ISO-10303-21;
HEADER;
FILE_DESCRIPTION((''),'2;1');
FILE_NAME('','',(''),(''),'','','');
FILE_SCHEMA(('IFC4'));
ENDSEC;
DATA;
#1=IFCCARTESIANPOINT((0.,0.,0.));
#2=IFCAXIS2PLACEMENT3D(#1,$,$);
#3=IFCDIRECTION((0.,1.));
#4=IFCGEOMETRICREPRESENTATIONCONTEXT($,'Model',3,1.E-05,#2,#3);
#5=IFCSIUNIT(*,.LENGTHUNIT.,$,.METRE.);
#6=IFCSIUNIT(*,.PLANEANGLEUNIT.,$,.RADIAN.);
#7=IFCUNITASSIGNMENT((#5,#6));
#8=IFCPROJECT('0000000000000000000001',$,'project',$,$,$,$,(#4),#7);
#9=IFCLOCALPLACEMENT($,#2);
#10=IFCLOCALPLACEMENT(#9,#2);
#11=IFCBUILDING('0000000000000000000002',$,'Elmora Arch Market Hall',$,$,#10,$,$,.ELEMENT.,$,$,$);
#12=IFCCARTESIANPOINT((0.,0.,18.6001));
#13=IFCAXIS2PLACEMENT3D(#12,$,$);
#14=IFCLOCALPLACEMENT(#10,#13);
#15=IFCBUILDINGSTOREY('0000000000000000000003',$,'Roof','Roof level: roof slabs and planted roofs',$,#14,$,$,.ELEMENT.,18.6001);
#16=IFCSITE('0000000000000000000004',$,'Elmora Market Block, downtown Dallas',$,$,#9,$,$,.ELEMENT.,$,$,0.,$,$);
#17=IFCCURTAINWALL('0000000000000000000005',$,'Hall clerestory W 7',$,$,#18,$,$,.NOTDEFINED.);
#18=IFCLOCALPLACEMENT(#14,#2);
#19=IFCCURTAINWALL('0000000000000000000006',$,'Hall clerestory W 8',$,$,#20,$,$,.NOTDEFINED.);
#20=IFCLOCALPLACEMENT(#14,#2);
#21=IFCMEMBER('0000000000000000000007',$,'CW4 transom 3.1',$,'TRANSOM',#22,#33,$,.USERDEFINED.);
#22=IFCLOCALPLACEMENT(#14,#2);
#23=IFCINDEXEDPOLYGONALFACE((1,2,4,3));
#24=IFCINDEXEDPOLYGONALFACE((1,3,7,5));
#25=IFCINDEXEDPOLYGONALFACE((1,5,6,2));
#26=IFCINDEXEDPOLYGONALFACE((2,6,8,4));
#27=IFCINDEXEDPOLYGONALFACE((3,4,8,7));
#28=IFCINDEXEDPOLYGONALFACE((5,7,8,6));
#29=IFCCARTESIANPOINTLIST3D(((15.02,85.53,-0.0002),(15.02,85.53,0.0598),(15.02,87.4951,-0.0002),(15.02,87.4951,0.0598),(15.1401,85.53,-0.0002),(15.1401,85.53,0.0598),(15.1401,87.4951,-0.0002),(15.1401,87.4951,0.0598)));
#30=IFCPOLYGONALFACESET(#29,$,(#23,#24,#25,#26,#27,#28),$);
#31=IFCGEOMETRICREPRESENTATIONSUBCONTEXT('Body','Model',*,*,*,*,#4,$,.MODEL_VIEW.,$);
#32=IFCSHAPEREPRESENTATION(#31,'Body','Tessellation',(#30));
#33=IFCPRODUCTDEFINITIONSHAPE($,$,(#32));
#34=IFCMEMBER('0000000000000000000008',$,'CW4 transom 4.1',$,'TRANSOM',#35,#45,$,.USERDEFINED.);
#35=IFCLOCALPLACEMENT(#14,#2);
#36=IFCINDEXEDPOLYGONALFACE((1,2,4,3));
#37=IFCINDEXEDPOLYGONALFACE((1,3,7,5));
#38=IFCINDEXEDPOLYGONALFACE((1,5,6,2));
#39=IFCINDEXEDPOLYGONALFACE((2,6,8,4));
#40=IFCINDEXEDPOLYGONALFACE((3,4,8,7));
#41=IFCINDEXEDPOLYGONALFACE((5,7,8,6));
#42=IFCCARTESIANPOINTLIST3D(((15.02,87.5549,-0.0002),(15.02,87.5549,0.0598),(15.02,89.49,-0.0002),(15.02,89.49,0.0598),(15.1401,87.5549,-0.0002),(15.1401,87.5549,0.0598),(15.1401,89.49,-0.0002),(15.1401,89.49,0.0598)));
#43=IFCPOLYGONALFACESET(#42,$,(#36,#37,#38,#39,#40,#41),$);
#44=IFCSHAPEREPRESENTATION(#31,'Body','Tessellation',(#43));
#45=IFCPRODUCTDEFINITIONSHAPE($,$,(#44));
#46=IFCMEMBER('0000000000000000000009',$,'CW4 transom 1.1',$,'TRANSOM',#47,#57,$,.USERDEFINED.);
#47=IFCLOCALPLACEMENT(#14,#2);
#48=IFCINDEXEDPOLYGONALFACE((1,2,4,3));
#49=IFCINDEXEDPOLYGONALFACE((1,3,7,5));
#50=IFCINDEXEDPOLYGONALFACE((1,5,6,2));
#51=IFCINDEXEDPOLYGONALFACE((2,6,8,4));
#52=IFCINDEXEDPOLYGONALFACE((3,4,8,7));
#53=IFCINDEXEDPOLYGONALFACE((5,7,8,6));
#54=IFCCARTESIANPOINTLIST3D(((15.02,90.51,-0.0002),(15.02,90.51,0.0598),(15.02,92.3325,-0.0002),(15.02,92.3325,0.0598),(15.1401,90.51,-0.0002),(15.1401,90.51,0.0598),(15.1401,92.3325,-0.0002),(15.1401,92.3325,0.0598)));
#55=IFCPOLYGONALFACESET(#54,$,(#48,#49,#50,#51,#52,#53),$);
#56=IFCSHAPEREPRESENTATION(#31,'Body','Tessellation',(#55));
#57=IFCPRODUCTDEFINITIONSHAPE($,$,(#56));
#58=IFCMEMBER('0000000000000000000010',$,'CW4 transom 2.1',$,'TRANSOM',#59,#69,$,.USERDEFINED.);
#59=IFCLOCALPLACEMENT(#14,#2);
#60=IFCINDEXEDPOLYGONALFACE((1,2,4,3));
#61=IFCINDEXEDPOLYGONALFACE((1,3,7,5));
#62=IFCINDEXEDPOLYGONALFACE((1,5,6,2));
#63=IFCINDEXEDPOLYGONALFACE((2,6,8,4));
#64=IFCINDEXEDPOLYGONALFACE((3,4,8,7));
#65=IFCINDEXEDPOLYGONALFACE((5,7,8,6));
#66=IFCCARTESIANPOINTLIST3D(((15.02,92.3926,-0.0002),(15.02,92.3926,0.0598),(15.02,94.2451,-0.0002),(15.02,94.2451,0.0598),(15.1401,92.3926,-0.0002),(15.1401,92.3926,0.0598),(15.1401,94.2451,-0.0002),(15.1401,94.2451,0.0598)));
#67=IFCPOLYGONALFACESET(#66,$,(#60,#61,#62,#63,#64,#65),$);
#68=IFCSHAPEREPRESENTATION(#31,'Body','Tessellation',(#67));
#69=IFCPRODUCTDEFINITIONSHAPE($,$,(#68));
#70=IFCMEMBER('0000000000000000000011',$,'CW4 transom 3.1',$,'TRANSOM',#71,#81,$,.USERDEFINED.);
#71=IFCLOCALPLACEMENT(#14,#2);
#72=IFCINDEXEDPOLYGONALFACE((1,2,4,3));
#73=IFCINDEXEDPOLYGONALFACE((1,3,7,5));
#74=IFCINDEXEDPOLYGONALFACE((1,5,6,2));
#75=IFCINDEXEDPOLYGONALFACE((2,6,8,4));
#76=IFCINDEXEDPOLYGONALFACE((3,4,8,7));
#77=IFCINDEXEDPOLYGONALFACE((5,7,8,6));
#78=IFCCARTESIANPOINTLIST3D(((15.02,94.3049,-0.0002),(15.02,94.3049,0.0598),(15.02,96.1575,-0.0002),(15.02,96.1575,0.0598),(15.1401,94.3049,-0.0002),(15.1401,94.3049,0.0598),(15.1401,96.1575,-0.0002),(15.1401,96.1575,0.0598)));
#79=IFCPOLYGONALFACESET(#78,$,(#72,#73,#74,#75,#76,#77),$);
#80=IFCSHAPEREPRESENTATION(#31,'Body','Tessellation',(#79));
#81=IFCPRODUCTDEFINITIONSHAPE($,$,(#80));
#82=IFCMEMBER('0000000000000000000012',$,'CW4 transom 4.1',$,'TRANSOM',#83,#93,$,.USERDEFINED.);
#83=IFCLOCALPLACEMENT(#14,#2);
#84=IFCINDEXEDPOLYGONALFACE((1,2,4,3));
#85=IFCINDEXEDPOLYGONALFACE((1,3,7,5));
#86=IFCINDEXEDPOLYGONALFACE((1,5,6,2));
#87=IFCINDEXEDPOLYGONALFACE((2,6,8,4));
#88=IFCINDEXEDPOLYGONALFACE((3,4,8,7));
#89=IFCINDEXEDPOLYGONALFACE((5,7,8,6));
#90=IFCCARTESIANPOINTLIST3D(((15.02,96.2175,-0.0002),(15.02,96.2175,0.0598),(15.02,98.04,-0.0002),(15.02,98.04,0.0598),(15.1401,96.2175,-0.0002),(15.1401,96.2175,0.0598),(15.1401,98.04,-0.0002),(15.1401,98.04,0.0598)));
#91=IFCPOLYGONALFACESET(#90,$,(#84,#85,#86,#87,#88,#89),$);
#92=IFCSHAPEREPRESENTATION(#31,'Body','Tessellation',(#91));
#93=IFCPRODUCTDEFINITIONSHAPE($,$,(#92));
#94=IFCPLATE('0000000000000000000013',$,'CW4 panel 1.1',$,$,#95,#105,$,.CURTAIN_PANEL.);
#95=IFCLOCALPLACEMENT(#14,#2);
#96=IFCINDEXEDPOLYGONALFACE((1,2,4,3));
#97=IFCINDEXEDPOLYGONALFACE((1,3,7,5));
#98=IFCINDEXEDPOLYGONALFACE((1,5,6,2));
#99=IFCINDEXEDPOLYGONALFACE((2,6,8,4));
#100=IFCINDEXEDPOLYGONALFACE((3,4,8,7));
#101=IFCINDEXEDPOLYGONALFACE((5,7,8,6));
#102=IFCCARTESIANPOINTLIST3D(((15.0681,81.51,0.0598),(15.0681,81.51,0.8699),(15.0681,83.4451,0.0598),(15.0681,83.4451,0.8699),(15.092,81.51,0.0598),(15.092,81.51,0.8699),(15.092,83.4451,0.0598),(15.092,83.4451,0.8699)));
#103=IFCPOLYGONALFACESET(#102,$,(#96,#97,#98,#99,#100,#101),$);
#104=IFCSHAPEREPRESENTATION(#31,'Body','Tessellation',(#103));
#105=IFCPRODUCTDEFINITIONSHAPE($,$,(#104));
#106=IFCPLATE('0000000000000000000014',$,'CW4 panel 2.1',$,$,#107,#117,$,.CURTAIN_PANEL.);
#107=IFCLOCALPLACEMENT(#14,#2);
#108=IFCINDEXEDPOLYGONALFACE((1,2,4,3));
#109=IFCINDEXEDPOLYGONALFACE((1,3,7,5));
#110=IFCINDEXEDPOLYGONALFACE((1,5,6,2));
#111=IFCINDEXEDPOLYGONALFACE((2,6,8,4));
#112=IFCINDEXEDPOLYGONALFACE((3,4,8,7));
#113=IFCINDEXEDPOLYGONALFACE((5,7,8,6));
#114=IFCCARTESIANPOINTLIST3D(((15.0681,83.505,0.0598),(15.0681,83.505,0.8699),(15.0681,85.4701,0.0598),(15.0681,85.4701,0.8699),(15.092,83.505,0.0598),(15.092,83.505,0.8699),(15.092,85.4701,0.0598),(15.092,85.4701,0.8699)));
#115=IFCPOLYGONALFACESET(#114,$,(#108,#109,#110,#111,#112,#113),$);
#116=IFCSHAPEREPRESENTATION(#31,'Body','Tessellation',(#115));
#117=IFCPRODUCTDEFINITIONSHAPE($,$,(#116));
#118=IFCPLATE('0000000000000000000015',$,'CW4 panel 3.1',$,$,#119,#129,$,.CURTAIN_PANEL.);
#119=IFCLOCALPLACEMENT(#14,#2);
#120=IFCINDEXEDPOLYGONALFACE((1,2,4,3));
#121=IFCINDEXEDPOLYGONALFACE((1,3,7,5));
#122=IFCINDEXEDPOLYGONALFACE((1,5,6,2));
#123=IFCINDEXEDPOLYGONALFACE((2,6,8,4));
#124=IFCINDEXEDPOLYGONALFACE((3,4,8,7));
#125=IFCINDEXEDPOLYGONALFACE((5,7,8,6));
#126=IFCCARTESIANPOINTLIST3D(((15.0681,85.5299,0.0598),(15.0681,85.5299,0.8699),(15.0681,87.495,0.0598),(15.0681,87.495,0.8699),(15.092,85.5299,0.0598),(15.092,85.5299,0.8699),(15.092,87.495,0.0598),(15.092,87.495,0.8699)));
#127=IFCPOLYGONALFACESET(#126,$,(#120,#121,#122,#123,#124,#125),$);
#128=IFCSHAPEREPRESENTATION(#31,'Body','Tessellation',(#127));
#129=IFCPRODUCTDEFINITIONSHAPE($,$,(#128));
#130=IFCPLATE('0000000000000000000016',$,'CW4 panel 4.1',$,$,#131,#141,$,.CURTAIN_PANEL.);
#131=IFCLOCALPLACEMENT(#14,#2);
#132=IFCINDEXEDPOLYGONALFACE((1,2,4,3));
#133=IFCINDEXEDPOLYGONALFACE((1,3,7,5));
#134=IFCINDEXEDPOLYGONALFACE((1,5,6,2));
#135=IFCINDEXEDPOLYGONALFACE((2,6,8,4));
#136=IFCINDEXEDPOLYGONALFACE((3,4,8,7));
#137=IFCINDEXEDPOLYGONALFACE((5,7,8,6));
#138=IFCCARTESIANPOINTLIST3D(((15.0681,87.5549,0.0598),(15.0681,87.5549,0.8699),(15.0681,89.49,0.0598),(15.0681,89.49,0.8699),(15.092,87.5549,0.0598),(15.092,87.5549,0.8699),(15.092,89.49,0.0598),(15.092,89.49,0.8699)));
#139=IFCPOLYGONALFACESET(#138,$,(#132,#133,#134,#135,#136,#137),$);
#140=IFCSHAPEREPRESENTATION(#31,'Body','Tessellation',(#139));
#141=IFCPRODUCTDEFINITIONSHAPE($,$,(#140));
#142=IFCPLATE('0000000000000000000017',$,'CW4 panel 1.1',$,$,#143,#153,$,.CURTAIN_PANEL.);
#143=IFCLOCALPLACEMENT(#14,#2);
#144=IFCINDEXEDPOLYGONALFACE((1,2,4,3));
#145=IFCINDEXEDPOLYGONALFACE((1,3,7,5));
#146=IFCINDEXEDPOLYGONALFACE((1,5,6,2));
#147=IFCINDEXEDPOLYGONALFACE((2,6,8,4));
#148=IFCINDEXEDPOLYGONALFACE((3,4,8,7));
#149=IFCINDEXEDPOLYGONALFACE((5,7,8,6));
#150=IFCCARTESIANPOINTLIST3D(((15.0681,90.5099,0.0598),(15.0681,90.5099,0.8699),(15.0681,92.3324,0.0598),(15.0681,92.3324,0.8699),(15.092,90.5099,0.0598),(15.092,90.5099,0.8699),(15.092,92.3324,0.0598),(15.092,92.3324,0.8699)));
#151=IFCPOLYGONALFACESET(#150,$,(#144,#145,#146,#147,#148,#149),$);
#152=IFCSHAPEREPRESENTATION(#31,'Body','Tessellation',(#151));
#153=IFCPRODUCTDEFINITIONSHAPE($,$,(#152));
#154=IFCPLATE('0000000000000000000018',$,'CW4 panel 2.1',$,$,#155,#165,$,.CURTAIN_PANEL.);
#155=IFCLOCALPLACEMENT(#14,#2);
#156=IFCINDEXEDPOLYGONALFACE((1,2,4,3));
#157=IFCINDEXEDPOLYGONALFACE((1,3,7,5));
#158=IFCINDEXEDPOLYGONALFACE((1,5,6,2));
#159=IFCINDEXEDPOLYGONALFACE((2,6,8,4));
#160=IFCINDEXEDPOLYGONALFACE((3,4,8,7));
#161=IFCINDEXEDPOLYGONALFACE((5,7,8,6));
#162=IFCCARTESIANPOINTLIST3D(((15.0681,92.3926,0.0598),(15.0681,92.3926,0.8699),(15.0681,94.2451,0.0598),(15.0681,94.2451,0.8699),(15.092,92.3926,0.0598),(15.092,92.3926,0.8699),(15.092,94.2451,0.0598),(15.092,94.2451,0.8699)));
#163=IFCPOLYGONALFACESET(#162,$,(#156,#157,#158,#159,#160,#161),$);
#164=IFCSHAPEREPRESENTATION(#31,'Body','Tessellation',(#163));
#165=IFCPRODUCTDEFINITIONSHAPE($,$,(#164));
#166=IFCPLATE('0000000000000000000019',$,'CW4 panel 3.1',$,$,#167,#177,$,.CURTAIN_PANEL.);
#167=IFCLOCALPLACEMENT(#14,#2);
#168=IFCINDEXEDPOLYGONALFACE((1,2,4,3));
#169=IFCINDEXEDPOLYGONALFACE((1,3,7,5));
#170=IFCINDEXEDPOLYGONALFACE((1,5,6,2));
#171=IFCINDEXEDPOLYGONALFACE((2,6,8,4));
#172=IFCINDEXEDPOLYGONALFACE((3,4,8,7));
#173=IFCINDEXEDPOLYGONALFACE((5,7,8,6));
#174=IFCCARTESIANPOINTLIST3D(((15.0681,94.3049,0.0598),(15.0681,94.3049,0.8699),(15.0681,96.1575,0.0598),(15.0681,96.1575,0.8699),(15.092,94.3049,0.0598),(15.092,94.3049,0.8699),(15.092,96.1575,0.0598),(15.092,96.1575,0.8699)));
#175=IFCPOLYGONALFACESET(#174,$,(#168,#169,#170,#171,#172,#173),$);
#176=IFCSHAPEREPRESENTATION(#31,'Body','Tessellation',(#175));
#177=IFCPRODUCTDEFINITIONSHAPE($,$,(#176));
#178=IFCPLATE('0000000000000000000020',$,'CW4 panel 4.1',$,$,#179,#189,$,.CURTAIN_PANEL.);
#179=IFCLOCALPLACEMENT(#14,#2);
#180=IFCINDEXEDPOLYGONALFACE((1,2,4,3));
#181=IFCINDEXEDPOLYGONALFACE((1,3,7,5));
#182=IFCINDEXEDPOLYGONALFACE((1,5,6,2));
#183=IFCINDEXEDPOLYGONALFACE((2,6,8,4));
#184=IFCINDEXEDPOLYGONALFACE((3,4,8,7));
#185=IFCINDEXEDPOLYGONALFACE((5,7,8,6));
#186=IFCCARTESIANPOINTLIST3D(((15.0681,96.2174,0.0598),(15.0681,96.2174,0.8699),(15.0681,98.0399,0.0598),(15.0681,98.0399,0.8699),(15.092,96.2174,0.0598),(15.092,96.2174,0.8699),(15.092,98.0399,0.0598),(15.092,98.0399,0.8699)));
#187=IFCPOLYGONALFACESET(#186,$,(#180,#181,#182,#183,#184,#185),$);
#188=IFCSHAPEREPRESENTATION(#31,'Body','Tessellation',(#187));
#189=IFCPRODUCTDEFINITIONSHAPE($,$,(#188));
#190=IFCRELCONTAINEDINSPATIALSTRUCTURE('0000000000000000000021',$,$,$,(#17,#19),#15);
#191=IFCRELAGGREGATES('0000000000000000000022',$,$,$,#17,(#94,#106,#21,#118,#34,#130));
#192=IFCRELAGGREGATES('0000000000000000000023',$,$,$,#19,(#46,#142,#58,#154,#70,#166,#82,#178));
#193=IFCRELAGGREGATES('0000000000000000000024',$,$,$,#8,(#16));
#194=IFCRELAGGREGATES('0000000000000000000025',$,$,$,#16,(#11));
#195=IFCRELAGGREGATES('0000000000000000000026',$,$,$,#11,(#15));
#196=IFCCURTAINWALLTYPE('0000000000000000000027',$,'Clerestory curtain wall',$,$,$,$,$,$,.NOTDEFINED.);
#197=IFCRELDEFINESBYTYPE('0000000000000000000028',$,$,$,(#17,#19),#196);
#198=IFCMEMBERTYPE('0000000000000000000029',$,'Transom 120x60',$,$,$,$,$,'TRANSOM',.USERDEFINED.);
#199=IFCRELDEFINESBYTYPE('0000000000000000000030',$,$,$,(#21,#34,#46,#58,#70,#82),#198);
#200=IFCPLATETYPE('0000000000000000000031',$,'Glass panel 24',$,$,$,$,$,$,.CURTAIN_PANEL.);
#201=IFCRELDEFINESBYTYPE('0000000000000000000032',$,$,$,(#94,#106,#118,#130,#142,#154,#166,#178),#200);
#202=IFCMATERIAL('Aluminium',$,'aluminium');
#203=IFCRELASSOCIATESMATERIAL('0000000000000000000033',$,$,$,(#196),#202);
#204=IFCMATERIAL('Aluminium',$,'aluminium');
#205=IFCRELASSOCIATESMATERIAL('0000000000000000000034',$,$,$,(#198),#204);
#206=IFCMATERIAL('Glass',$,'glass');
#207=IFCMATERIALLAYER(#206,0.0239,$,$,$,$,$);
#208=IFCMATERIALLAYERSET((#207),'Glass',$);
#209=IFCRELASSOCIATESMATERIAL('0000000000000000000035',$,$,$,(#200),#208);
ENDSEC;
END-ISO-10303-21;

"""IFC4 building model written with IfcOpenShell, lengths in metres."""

from ifc_helpers import new_model, si_unit, direction, frame, origin, origin_2d, place, context, subcontext, project, spatial, rectangle, extrude, material, layer, layer_set, material_profile, profile_set, type_object, element, aggregate, save


model = new_model("IFC4")

# Units and contexts
model_context = context("Model", 3, precision=1e-05, world=origin(), true_north=direction((0.0, 1.0)))
body_context = subcontext(model_context, "Body", "Model", "MODEL_VIEW")
ifc_project = project(units=[si_unit("LENGTHUNIT", "METRE"), si_unit("PLANEANGLEUNIT", "RADIAN")], contexts=[model_context])

# Site, building, storey
site_placement = place(None, origin())
site = spatial("IfcSite", under=ifc_project, at=site_placement, Name="Elmora Market Block, downtown Dallas", CompositionType="ELEMENT", RefElevation=0.0)
building_placement = place(site_placement, origin())
building = spatial("IfcBuilding", under=site, at=building_placement, Name="Elmora Arch Market Hall", CompositionType="ELEMENT")
storey_placement = place(building_placement, frame((0.0, 0.0, 18.6001)))
storey = spatial("IfcBuildingStorey", under=building, at=storey_placement, Name="Roof", Description="Roof level: roof slabs and planted roofs", CompositionType="ELEMENT", Elevation=18.6001)

# Curtain walls
ifc_material_1 = material(Name="Aluminium", Category="aluminium")
curtain_wall_type = type_object("IfcCurtainWallType", Name="Clerestory curtain wall", PredefinedType="NOTDEFINED", material=ifc_material_1)
curtain_wall_1_placement = place(storey_placement, origin())
curtain_wall_1 = element("IfcCurtainWall", 1, at=curtain_wall_1_placement, inside=storey, type_object=curtain_wall_type, Name="Hall clerestory W 7", PredefinedType="NOTDEFINED")
curtain_wall_2_placement = place(storey_placement, origin())
curtain_wall_2 = element("IfcCurtainWall", 2, at=curtain_wall_2_placement, inside=storey, type_object=curtain_wall_type, Name="Hall clerestory W 8", PredefinedType="NOTDEFINED")

# Members
ifc_material_2 = material(Name="Aluminium", Category="aluminium")
ifc_material_profile_1 = material_profile(ifc_material_2, rectangle(XDim=0.1201, YDim=0.0601, at=origin_2d()), Name="AL 120x60")
ifc_profile_set_1 = profile_set([ifc_material_profile_1], Name="Aluminium")
member_type_1 = type_object("IfcMemberType", Name="Transom 120x60", ElementType="TRANSOM", PredefinedType="USERDEFINED", material=ifc_profile_set_1)
member_1_placement = place(storey_placement, frame((15.0801, 85.53, 0.0298), z_axis=(0.0, 1.0, 0.0), x_axis=(-1.0, 0.0, 0.0)))
member_1 = element("IfcMember", 3, at=member_1_placement, type_object=member_type_1, Name="CW4 transom 3.1", ObjectType="TRANSOM", PredefinedType="USERDEFINED", context=body_context, shape_type="SweptSolid", body=[
    extrude(rectangle(XDim=0.1201, YDim=0.0601, at=origin_2d()), origin(), (0.0, 0.0, 1.0), 1.9651),
])
member_2_placement = place(storey_placement, frame((15.0801, 87.5549, 0.0298), z_axis=(0.0, 1.0, 0.0), x_axis=(-1.0, 0.0, 0.0)))
member_2 = element("IfcMember", 4, at=member_2_placement, type_object=member_type_1, Name="CW4 transom 4.1", ObjectType="TRANSOM", PredefinedType="USERDEFINED", context=body_context, shape_type="SweptSolid", body=[
    extrude(rectangle(XDim=0.1201, YDim=0.0601, at=origin_2d()), origin(), (0.0, 0.0, 1.0), 1.9351),
])
member_3_placement = place(storey_placement, frame((15.0801, 90.51, 0.0298), z_axis=(0.0, 1.0, 0.0), x_axis=(-1.0, 0.0, 0.0)))
member_3 = element("IfcMember", 5, at=member_3_placement, type_object=member_type_1, Name="CW4 transom 1.1", ObjectType="TRANSOM", PredefinedType="USERDEFINED", context=body_context, shape_type="SweptSolid", body=[
    extrude(rectangle(XDim=0.1201, YDim=0.0601, at=origin_2d()), origin(), (0.0, 0.0, 1.0), 1.8225),
])
member_4_placement = place(storey_placement, frame((15.0801, 92.3926, 0.0298), z_axis=(0.0, 1.0, 0.0), x_axis=(-1.0, 0.0, 0.0)))
member_4 = element("IfcMember", 6, at=member_4_placement, type_object=member_type_1, Name="CW4 transom 2.1", ObjectType="TRANSOM", PredefinedType="USERDEFINED", context=body_context, shape_type="SweptSolid", body=[
    extrude(rectangle(XDim=0.1201, YDim=0.0601, at=origin_2d()), origin(), (0.0, 0.0, 1.0), 1.8525),
])
member_5_placement = place(storey_placement, frame((15.0801, 94.3049, 0.0298), z_axis=(0.0, 1.0, 0.0), x_axis=(-1.0, 0.0, 0.0)))
member_5 = element("IfcMember", 7, at=member_5_placement, type_object=member_type_1, Name="CW4 transom 3.1", ObjectType="TRANSOM", PredefinedType="USERDEFINED", context=body_context, shape_type="SweptSolid", body=[
    extrude(rectangle(XDim=0.1201, YDim=0.0601, at=origin_2d()), origin(), (0.0, 0.0, 1.0), 1.8525),
])
member_6_placement = place(storey_placement, frame((15.0801, 96.2175, 0.0298), z_axis=(0.0, 1.0, 0.0), x_axis=(-1.0, 0.0, 0.0)))
member_6 = element("IfcMember", 8, at=member_6_placement, type_object=member_type_1, Name="CW4 transom 4.1", ObjectType="TRANSOM", PredefinedType="USERDEFINED", context=body_context, shape_type="SweptSolid", body=[
    extrude(rectangle(XDim=0.1201, YDim=0.0601, at=origin_2d()), origin(), (0.0, 0.0, 1.0), 1.8225),
])

# Plates
ifc_material_3 = material(Name="Glass", Category="glass")
ifc_layer_1 = layer(ifc_material_3, 0.0239)
ifc_layer_set_1 = layer_set([ifc_layer_1], Name="Glass")
plate_type = type_object("IfcPlateType", Name="Glass panel 24", PredefinedType="CURTAIN_PANEL", material=ifc_layer_set_1)
plate_1_placement = place(storey_placement, frame((15.0801, 82.4775, 0.0598), z_axis=(0.0, 0.0, 1.0), x_axis=(0.0, 1.0, 0.0)))
plate_1 = element("IfcPlate", 9, at=plate_1_placement, type_object=plate_type, Name="CW4 panel 1.1", PredefinedType="CURTAIN_PANEL", context=body_context, shape_type="SweptSolid", body=[
    extrude(rectangle(XDim=1.9351, YDim=0.0239, at=origin_2d()), origin(), (0.0, 0.0, 1.0), 0.8101),
])
plate_2_placement = place(storey_placement, frame((15.0801, 84.4875, 0.0598), z_axis=(0.0, 0.0, 1.0), x_axis=(0.0, 1.0, 0.0)))
plate_2 = element("IfcPlate", 10, at=plate_2_placement, type_object=plate_type, Name="CW4 panel 2.1", PredefinedType="CURTAIN_PANEL", context=body_context, shape_type="SweptSolid", body=[
    extrude(rectangle(XDim=1.9651, YDim=0.0239, at=origin_2d()), origin(), (0.0, 0.0, 1.0), 0.8101),
])
plate_3_placement = place(storey_placement, frame((15.0801, 86.5125, 0.0598), z_axis=(0.0, 0.0, 1.0), x_axis=(0.0, 1.0, 0.0)))
plate_3 = element("IfcPlate", 11, at=plate_3_placement, type_object=plate_type, Name="CW4 panel 3.1", PredefinedType="CURTAIN_PANEL", context=body_context, shape_type="SweptSolid", body=[
    extrude(rectangle(XDim=1.9651, YDim=0.0239, at=origin_2d()), origin(), (0.0, 0.0, 1.0), 0.8101),
])
plate_4_placement = place(storey_placement, frame((15.0801, 88.5225, 0.0598), z_axis=(0.0, 0.0, 1.0), x_axis=(0.0, 1.0, 0.0)))
plate_4 = element("IfcPlate", 12, at=plate_4_placement, type_object=plate_type, Name="CW4 panel 4.1", PredefinedType="CURTAIN_PANEL", context=body_context, shape_type="SweptSolid", body=[
    extrude(rectangle(XDim=1.9351, YDim=0.0239, at=origin_2d()), origin(), (0.0, 0.0, 1.0), 0.8101),
])
aggregate(curtain_wall_1, [plate_1, plate_2, member_1, plate_3, member_2, plate_4])
plate_5_placement = place(storey_placement, frame((15.0801, 91.4211, 0.0598), z_axis=(0.0, 0.0, 1.0), x_axis=(0.0, 1.0, 0.0)))
plate_5 = element("IfcPlate", 13, at=plate_5_placement, type_object=plate_type, Name="CW4 panel 1.1", PredefinedType="CURTAIN_PANEL", context=body_context, shape_type="SweptSolid", body=[
    extrude(rectangle(XDim=1.8225, YDim=0.0239, at=origin_2d()), origin(), (0.0, 0.0, 1.0), 0.8101),
])
plate_6_placement = place(storey_placement, frame((15.0801, 93.3188, 0.0598), z_axis=(0.0, 0.0, 1.0), x_axis=(0.0, 1.0, 0.0)))
plate_6 = element("IfcPlate", 14, at=plate_6_placement, type_object=plate_type, Name="CW4 panel 2.1", PredefinedType="CURTAIN_PANEL", context=body_context, shape_type="SweptSolid", body=[
    extrude(rectangle(XDim=1.8525, YDim=0.0239, at=origin_2d()), origin(), (0.0, 0.0, 1.0), 0.8101),
])
plate_7_placement = place(storey_placement, frame((15.0801, 95.2312, 0.0598), z_axis=(0.0, 0.0, 1.0), x_axis=(0.0, 1.0, 0.0)))
plate_7 = element("IfcPlate", 15, at=plate_7_placement, type_object=plate_type, Name="CW4 panel 3.1", PredefinedType="CURTAIN_PANEL", context=body_context, shape_type="SweptSolid", body=[
    extrude(rectangle(XDim=1.8525, YDim=0.0239, at=origin_2d()), origin(), (0.0, 0.0, 1.0), 0.8101),
])
plate_8_placement = place(storey_placement, frame((15.0801, 97.1287, 0.0598), z_axis=(0.0, 0.0, 1.0), x_axis=(0.0, 1.0, 0.0)))
plate_8 = element("IfcPlate", 16, at=plate_8_placement, type_object=plate_type, Name="CW4 panel 4.1", PredefinedType="CURTAIN_PANEL", context=body_context, shape_type="SweptSolid", body=[
    extrude(rectangle(XDim=1.8225, YDim=0.0239, at=origin_2d()), origin(), (0.0, 0.0, 1.0), 0.8101),
])
aggregate(curtain_wall_2, [member_3, plate_5, member_4, plate_6, member_5, plate_7, member_6, plate_8])

save(model, "model.ifc")
